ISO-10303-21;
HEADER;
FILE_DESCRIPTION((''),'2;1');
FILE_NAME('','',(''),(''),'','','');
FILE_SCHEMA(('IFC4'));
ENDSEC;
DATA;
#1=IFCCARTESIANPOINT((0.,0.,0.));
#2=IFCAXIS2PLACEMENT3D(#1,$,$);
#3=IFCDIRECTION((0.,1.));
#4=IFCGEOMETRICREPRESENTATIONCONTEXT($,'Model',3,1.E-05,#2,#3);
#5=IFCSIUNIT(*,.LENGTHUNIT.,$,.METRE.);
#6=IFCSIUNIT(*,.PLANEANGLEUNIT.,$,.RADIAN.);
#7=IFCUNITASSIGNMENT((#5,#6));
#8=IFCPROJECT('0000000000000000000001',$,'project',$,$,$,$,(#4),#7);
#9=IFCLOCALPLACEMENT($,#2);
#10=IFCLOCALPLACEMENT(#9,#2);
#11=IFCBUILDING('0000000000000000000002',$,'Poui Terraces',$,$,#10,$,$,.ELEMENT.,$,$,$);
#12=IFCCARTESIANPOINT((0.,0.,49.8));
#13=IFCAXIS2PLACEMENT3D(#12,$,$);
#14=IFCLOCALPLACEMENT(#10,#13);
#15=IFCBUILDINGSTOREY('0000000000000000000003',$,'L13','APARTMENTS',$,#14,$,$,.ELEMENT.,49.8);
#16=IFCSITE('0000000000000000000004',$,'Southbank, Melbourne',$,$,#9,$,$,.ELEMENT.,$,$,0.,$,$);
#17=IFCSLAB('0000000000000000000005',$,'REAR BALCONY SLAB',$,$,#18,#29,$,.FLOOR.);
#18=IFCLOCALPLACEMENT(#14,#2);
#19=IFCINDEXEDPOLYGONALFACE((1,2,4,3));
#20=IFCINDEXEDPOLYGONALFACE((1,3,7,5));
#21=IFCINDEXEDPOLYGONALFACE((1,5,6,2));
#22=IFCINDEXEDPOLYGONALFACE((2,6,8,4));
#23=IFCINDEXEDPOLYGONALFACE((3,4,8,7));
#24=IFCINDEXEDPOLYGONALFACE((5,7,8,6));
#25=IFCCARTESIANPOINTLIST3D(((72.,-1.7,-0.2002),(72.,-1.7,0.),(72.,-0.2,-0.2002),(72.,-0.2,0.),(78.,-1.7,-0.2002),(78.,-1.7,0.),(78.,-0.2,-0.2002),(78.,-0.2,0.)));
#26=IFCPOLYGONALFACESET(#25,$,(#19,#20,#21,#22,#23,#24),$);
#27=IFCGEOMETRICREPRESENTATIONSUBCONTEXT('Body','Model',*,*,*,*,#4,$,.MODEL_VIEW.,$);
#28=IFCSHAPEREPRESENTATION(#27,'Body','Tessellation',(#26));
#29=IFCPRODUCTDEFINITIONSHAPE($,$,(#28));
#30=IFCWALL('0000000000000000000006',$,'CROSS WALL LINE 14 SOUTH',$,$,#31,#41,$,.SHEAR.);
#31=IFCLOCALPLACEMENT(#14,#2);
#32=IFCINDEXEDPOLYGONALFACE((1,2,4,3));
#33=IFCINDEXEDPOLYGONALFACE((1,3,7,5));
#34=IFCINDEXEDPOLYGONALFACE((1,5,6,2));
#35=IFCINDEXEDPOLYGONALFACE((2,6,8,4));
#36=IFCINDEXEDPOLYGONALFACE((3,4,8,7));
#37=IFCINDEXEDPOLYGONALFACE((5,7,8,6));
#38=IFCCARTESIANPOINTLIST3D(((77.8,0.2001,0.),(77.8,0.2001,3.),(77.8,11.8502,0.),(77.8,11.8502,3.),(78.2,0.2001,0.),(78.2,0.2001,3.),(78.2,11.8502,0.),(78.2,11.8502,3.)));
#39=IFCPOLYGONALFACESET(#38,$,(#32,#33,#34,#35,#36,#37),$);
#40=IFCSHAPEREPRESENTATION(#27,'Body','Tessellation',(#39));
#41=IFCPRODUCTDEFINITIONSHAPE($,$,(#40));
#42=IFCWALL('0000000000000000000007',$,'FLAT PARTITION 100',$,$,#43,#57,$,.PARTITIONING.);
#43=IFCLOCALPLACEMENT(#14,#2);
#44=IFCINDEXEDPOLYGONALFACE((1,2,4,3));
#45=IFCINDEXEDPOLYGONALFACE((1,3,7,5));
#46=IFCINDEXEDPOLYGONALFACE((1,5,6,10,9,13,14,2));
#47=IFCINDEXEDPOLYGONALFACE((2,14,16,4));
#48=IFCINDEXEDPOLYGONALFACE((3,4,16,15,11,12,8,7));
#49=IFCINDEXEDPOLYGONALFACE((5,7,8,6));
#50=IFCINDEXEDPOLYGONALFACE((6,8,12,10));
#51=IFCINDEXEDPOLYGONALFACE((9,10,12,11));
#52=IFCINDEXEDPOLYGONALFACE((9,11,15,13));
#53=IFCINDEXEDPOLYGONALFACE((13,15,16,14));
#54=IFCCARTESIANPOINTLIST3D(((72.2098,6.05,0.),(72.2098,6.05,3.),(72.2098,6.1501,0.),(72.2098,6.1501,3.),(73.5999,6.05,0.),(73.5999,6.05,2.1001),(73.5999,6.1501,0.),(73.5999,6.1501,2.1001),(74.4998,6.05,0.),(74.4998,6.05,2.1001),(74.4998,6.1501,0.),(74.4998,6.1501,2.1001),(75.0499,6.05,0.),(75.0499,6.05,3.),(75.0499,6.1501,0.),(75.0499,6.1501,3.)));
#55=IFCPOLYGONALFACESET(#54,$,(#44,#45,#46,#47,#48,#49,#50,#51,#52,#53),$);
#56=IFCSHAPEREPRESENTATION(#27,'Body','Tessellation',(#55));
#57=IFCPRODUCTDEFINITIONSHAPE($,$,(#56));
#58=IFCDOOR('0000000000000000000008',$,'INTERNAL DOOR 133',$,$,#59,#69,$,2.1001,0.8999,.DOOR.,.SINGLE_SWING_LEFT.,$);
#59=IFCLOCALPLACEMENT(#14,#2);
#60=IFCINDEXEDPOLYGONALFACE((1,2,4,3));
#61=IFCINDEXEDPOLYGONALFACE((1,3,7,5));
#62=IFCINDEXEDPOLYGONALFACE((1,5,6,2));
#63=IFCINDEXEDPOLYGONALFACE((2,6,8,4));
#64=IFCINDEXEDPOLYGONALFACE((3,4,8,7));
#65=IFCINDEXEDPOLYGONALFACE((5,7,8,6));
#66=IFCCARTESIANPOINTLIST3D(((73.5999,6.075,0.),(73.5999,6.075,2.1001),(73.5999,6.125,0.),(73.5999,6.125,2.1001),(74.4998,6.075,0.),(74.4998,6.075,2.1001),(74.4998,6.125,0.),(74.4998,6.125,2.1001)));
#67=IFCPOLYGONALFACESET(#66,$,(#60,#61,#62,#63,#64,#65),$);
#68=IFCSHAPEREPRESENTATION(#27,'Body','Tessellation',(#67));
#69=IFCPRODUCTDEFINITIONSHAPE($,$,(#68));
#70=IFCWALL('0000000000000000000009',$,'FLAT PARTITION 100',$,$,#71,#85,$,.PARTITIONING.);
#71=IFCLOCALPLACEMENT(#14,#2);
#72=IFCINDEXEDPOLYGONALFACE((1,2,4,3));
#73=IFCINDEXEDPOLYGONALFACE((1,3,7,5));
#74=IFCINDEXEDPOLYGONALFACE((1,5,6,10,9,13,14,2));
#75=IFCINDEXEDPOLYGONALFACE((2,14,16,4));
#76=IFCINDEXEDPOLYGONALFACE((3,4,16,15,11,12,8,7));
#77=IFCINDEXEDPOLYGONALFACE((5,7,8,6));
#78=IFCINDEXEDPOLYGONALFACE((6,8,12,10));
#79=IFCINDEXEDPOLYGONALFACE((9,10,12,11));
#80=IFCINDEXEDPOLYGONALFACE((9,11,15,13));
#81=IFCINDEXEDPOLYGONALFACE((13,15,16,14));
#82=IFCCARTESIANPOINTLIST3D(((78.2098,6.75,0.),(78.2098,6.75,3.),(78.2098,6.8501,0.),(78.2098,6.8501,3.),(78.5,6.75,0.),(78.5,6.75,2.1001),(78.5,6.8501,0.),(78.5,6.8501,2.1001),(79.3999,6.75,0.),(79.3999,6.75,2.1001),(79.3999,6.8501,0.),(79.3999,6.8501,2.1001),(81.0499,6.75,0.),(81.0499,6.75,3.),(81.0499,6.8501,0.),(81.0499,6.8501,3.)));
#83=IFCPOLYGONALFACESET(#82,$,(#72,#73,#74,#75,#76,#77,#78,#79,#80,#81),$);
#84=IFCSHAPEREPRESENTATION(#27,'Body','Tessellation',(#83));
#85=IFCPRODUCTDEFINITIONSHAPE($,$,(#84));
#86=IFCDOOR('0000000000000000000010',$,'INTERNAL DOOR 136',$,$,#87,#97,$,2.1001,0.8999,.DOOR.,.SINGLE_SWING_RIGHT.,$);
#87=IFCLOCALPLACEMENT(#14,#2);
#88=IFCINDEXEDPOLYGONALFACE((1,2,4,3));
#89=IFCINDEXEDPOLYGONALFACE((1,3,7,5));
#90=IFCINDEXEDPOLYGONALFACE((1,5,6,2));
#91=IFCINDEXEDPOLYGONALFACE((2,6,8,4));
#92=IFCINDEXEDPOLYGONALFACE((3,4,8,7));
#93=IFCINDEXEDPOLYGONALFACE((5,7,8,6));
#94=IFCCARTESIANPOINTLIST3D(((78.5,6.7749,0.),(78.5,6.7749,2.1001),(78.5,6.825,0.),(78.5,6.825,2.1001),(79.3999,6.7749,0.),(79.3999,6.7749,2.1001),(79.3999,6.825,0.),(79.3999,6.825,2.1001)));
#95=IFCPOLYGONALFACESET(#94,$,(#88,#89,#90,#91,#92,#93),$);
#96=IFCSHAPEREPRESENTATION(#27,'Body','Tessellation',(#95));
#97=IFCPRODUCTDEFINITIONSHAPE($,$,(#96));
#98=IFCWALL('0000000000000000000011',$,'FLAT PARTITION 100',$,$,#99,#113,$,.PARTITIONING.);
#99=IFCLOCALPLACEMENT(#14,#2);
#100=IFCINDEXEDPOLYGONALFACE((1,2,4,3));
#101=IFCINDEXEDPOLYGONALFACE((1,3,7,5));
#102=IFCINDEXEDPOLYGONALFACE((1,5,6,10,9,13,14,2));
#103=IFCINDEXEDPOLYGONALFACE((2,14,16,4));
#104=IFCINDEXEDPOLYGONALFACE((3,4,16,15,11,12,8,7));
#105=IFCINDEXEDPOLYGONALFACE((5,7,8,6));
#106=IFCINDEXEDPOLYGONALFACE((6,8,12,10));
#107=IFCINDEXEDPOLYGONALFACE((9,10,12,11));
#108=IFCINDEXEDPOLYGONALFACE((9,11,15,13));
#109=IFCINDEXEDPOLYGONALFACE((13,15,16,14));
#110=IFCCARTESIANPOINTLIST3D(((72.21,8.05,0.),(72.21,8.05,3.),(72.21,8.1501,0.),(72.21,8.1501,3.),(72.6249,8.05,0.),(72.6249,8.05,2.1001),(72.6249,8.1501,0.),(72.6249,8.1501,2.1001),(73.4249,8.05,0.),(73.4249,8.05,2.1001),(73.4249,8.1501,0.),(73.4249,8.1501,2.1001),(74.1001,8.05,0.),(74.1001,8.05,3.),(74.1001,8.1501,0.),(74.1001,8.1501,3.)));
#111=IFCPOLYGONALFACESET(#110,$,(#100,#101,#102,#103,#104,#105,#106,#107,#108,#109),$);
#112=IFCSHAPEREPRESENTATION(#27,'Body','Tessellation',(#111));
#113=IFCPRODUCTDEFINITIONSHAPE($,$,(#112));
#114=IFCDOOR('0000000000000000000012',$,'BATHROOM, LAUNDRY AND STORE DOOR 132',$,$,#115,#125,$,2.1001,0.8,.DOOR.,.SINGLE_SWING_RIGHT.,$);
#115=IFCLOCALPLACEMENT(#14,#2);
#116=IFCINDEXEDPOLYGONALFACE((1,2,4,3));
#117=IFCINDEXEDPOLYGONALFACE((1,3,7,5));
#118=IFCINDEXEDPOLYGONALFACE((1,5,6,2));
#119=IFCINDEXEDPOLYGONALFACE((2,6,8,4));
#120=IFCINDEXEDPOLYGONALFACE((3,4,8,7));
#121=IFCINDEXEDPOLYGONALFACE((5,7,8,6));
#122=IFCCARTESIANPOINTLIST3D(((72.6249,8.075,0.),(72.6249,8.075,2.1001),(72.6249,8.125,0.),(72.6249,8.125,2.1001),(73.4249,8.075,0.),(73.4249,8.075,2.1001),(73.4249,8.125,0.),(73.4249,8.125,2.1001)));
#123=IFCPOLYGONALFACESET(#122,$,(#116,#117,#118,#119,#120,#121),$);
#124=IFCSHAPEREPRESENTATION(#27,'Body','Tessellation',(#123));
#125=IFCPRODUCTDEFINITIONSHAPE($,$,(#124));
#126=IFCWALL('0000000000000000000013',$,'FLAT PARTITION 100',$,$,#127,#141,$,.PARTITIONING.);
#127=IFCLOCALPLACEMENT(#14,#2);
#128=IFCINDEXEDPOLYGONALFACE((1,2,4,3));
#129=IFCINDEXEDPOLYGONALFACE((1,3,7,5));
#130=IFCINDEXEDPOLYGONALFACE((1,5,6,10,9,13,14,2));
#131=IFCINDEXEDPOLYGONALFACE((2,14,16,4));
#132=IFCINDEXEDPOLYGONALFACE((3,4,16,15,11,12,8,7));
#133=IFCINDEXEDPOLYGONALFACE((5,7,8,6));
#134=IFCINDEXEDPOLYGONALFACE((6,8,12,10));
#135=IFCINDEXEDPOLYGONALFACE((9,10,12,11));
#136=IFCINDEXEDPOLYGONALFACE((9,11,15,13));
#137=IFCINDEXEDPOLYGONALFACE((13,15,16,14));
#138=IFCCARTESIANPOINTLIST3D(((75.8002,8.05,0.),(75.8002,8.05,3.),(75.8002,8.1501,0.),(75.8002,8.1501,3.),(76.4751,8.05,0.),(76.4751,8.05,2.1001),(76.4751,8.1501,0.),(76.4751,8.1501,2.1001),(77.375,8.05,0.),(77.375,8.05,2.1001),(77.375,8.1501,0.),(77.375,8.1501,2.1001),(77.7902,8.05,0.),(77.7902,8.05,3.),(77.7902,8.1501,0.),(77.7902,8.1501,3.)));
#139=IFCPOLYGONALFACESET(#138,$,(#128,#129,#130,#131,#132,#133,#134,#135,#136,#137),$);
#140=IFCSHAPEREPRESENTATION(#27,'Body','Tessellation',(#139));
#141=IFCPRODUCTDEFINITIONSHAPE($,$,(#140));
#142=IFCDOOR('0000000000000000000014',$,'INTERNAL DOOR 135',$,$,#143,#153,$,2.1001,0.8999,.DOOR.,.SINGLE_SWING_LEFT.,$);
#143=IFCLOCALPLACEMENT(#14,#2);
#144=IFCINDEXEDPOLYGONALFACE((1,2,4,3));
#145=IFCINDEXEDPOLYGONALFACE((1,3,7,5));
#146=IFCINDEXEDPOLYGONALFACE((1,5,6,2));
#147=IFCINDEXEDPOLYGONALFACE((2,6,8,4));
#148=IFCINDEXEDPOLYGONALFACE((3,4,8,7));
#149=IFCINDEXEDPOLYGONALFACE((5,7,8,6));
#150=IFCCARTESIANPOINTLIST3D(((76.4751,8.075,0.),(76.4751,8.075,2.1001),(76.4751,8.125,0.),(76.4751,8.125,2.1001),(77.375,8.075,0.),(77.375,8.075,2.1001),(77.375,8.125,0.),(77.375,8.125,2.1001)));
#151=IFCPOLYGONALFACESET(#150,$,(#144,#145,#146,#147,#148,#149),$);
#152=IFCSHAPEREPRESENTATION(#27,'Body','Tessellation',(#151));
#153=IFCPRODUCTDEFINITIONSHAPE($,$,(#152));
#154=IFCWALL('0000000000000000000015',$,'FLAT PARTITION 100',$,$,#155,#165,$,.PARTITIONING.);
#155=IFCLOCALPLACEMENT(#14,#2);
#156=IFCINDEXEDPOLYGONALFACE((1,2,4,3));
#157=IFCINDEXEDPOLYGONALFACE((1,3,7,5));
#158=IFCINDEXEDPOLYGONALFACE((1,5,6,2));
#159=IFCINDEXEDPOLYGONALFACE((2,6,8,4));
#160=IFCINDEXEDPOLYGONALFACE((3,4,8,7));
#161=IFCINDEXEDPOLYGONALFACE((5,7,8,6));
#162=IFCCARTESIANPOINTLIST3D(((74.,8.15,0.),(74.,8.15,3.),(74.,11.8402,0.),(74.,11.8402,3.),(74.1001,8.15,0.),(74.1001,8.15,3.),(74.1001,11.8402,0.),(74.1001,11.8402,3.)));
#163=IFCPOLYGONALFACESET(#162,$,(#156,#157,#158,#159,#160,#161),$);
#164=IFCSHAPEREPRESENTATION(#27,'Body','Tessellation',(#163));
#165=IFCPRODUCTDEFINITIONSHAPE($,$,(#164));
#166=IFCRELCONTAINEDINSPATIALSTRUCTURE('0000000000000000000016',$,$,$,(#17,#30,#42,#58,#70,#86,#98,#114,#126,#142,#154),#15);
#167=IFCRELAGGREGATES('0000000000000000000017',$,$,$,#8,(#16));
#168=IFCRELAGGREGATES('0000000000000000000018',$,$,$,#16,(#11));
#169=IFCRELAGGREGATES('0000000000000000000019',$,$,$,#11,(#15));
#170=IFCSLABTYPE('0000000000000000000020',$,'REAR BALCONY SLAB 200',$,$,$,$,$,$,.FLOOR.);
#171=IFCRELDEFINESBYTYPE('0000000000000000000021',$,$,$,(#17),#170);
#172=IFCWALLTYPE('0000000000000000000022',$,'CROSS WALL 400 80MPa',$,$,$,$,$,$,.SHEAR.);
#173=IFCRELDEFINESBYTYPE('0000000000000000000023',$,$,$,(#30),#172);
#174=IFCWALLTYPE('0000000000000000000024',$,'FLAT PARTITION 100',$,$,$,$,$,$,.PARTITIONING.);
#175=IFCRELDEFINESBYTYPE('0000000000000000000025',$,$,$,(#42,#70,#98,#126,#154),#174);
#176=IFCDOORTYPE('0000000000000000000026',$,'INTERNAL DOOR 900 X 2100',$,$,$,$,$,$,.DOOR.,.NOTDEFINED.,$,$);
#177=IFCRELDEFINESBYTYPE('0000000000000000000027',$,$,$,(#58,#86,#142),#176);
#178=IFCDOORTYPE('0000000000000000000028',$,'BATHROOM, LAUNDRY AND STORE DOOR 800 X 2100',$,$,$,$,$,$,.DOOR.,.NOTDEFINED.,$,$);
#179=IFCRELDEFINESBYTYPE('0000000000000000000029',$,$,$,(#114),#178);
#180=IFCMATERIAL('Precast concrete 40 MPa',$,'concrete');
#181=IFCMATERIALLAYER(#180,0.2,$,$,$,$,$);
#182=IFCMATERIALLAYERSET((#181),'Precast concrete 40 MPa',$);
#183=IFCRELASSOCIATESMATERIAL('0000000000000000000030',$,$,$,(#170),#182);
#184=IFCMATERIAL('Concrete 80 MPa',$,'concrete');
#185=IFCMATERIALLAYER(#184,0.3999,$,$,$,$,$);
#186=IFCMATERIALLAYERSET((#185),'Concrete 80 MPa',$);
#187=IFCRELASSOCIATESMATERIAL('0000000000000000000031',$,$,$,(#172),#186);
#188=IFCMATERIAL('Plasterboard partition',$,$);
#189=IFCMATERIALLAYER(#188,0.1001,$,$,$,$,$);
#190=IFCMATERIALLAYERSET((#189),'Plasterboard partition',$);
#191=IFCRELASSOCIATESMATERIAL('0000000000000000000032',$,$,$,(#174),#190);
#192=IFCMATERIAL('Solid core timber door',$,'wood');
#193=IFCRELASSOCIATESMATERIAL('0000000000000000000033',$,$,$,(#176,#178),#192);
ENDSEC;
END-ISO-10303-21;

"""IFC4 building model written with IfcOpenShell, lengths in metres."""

from ifc_helpers import new_model, si_unit, direction, frame, frame_2d, origin, place, context, subcontext, project, spatial, polyline, rectangle, outline, extrude, source, transform, mapped, material, layer, layer_set, type_object, element, fill, save


model = new_model("IFC4")

# Units and contexts
model_context = context("Model", 3, precision=1e-05, world=origin(), true_north=direction((0.0, 1.0)))
body_context = subcontext(model_context, "Body", "Model", "MODEL_VIEW")
ifc_project = project(units=[si_unit("LENGTHUNIT", "METRE"), si_unit("PLANEANGLEUNIT", "RADIAN")], contexts=[model_context])

# Site, building, storey
site_placement = place(None, origin())
site = spatial("IfcSite", under=ifc_project, at=site_placement, Name="Southbank, Melbourne", CompositionType="ELEMENT", RefElevation=0.0)
building_placement = place(site_placement, origin())
building = spatial("IfcBuilding", under=site, at=building_placement, Name="Poui Terraces", CompositionType="ELEMENT")
storey_placement = place(building_placement, frame((0.0, 0.0, 49.8)))
storey = spatial("IfcBuildingStorey", under=building, at=storey_placement, Name="L13", Description="APARTMENTS", CompositionType="ELEMENT", Elevation=49.8)

# Slab
ifc_material_1 = material(Name="Precast concrete 40 MPa", Category="concrete")
ifc_layer_1 = layer(ifc_material_1, 0.2)
ifc_layer_set_1 = layer_set([ifc_layer_1], Name="Precast concrete 40 MPa")
slab_type = type_object("IfcSlabType", Name="REAR BALCONY SLAB 200", PredefinedType="FLOOR", material=ifc_layer_set_1)
shared_shape_1 = source(origin(), body_context, "Body", "SweptSolid", [
    extrude(outline(polyline([(0.0, 0.0), (6.0, 0.0), (6.0, 1.5), (0.0, 1.5), (0.0, 0.0)])), origin(), (0.0, 0.0, 1.0), 0.2002),
])
slab_placement = place(storey_placement, frame((72.0, -1.7, -0.2002)))
element("IfcSlab", 1, at=slab_placement, inside=storey, type_object=slab_type, Name="REAR BALCONY SLAB", PredefinedType="FLOOR", context=body_context, shape_type="MappedRepresentation", body=[
    mapped(shared_shape_1, transform((0.0, 0.0, 0.0))),
])

# Wall
ifc_material_2 = material(Name="Concrete 80 MPa", Category="concrete")
ifc_layer_2 = layer(ifc_material_2, 0.3999)
ifc_layer_set_2 = layer_set([ifc_layer_2], Name="Concrete 80 MPa")
wall_type_1 = type_object("IfcWallType", Name="CROSS WALL 400 80MPa", PredefinedType="SHEAR", material=ifc_layer_set_2)
wall_1_placement = place(storey_placement, frame((78.0, 0.2, 0.0), z_axis=(0.0, 0.0, 1.0), x_axis=(0.0, 1.0, 0.0)))
element("IfcWall", 2, at=wall_1_placement, inside=storey, type_object=wall_type_1, Name="CROSS WALL LINE 14 SOUTH", PredefinedType="SHEAR", context=body_context, shape_type="SweptSolid", body=[
    extrude(rectangle(XDim=11.6501, YDim=0.3999, at=frame_2d((5.8252, 0.0))), origin(), (0.0, 0.0, 1.0), 3.0),
])

# Walls, openings, doors
ifc_material_3 = material(Name="Plasterboard partition")
ifc_layer_3 = layer(ifc_material_3, 0.1001)
ifc_layer_set_3 = layer_set([ifc_layer_3], Name="Plasterboard partition")
wall_type_2 = type_object("IfcWallType", Name="FLAT PARTITION 100", PredefinedType="PARTITIONING", material=ifc_layer_set_3)
wall_2_placement = place(storey_placement, frame((72.21, 6.1001, 0.0), z_axis=(0.0, 0.0, 1.0), x_axis=(1.0, 0.0, 0.0)))
wall_2 = element("IfcWall", 3, at=wall_2_placement, inside=storey, type_object=wall_type_2, Name="FLAT PARTITION 100", PredefinedType="PARTITIONING", context=body_context, shape_type="SweptSolid", body=[
    extrude(rectangle(XDim=2.8401, YDim=0.1001, at=frame_2d((1.4199, 0.0))), origin(), (0.0, 0.0, 1.0), 3.0),
])
opening_1_placement = place(wall_2_placement, frame((1.3899, 0.0, 0.0)))
opening_1 = element("IfcOpeningElement", 4, at=opening_1_placement, cuts=wall_2, PredefinedType="OPENING", context=body_context, shape_type="SweptSolid", body=[
    extrude(rectangle(XDim=0.8999, YDim=2.1001, at=frame_2d((0.45, 1.05))), frame((0.0, 0.0601, 0.0), z_axis=(0.0, -1.0, 0.0), x_axis=(1.0, 0.0, 0.0)), (0.0, 0.0, 1.0), 0.1201),
])
ifc_material_4 = material(Name="Solid core timber door", Category="wood")
door_type_1 = type_object("IfcDoorType", Name="INTERNAL DOOR 900 X 2100", OperationType="NOTDEFINED", PredefinedType="DOOR", material=ifc_material_4)
door_1_placement = place(opening_1_placement, origin())
door_1 = element("IfcDoor", 5, at=door_1_placement, inside=storey, type_object=door_type_1, Name="INTERNAL DOOR 133", OperationType="SINGLE_SWING_LEFT", OverallHeight=2.1001, OverallWidth=0.8999, PredefinedType="DOOR", context=body_context, shape_type="SweptSolid", body=[
    extrude(rectangle(XDim=0.8999, YDim=2.1001, at=frame_2d((0.45, 1.05))), frame((0.0, 0.0249, 0.0), z_axis=(0.0, -1.0, 0.0), x_axis=(1.0, 0.0, 0.0)), (0.0, 0.0, 1.0), 0.05),
])
fill(opening_1, door_1)
wall_3_placement = place(storey_placement, frame((78.21, 6.8, 0.0), z_axis=(0.0, 0.0, 1.0), x_axis=(1.0, 0.0, 0.0)))
wall_3 = element("IfcWall", 6, at=wall_3_placement, inside=storey, type_object=wall_type_2, Name="FLAT PARTITION 100", PredefinedType="PARTITIONING", context=body_context, shape_type="SweptSolid", body=[
    extrude(rectangle(XDim=2.8401, YDim=0.1001, at=frame_2d((1.4199, 0.0))), origin(), (0.0, 0.0, 1.0), 3.0),
])
opening_2_placement = place(wall_3_placement, frame((0.29, 0.0, 0.0)))
opening_2 = element("IfcOpeningElement", 7, at=opening_2_placement, cuts=wall_3, PredefinedType="OPENING", context=body_context, shape_type="SweptSolid", body=[
    extrude(rectangle(XDim=0.8999, YDim=2.1001, at=frame_2d((0.45, 1.05))), frame((0.0, 0.0601, 0.0), z_axis=(0.0, -1.0, 0.0), x_axis=(1.0, 0.0, 0.0)), (0.0, 0.0, 1.0), 0.1201),
])
door_2_placement = place(opening_2_placement, origin())
door_2 = element("IfcDoor", 8, at=door_2_placement, inside=storey, type_object=door_type_1, Name="INTERNAL DOOR 136", OperationType="SINGLE_SWING_RIGHT", OverallHeight=2.1001, OverallWidth=0.8999, PredefinedType="DOOR", context=body_context, shape_type="SweptSolid", body=[
    extrude(rectangle(XDim=0.8999, YDim=2.1001, at=frame_2d((0.45, 1.05))), frame((0.0, 0.0249, 0.0), z_axis=(0.0, -1.0, 0.0), x_axis=(1.0, 0.0, 0.0)), (0.0, 0.0, 1.0), 0.05),
])
fill(opening_2, door_2)
wall_4_placement = place(storey_placement, frame((72.21, 8.1001, 0.0), z_axis=(0.0, 0.0, 1.0), x_axis=(1.0, 0.0, 0.0)))
wall_4 = element("IfcWall", 9, at=wall_4_placement, inside=storey, type_object=wall_type_2, Name="FLAT PARTITION 100", PredefinedType="PARTITIONING", context=body_context, shape_type="SweptSolid", body=[
    extrude(rectangle(XDim=1.8901, YDim=0.1001, at=frame_2d((0.9451, 0.0))), origin(), (0.0, 0.0, 1.0), 3.0),
])
opening_3_placement = place(wall_4_placement, frame((0.415, 0.0, 0.0)))
opening_3 = element("IfcOpeningElement", 10, at=opening_3_placement, cuts=wall_4, PredefinedType="OPENING", context=body_context, shape_type="SweptSolid", body=[
    extrude(rectangle(XDim=0.8, YDim=2.1001, at=frame_2d((0.3999, 1.05))), frame((0.0, 0.0601, 0.0), z_axis=(0.0, -1.0, 0.0), x_axis=(1.0, 0.0, 0.0)), (0.0, 0.0, 1.0), 0.1201),
])
door_type_2 = type_object("IfcDoorType", Name="BATHROOM, LAUNDRY AND STORE DOOR 800 X 2100", OperationType="NOTDEFINED", PredefinedType="DOOR", material=ifc_material_4)
door_3_placement = place(opening_3_placement, origin())
door_3 = element("IfcDoor", 11, at=door_3_placement, inside=storey, type_object=door_type_2, Name="BATHROOM, LAUNDRY AND STORE DOOR 132", OperationType="SINGLE_SWING_RIGHT", OverallHeight=2.1001, OverallWidth=0.8, PredefinedType="DOOR", context=body_context, shape_type="SweptSolid", body=[
    extrude(rectangle(XDim=0.8, YDim=2.1001, at=frame_2d((0.3999, 1.05))), frame((0.0, 0.0249, 0.0), z_axis=(0.0, -1.0, 0.0), x_axis=(1.0, 0.0, 0.0)), (0.0, 0.0, 1.0), 0.05),
])
fill(opening_3, door_3)
wall_5_placement = place(storey_placement, frame((75.8, 8.1001, 0.0), z_axis=(0.0, 0.0, 1.0), x_axis=(1.0, 0.0, 0.0)))
wall_5 = element("IfcWall", 12, at=wall_5_placement, inside=storey, type_object=wall_type_2, Name="FLAT PARTITION 100", PredefinedType="PARTITIONING", context=body_context, shape_type="SweptSolid", body=[
    extrude(rectangle(XDim=1.99, YDim=0.1001, at=frame_2d((0.9951, 0.0))), origin(), (0.0, 0.0, 1.0), 3.0),
])
opening_4_placement = place(wall_5_placement, frame((0.675, 0.0, 0.0)))
opening_4 = element("IfcOpeningElement", 13, at=opening_4_placement, cuts=wall_5, PredefinedType="OPENING", context=body_context, shape_type="SweptSolid", body=[
    extrude(rectangle(XDim=0.8999, YDim=2.1001, at=frame_2d((0.45, 1.05))), frame((0.0, 0.0601, 0.0), z_axis=(0.0, -1.0, 0.0), x_axis=(1.0, 0.0, 0.0)), (0.0, 0.0, 1.0), 0.1201),
])
door_4_placement = place(opening_4_placement, origin())
door_4 = element("IfcDoor", 14, at=door_4_placement, inside=storey, type_object=door_type_1, Name="INTERNAL DOOR 135", OperationType="SINGLE_SWING_LEFT", OverallHeight=2.1001, OverallWidth=0.8999, PredefinedType="DOOR", context=body_context, shape_type="SweptSolid", body=[
    extrude(rectangle(XDim=0.8999, YDim=2.1001, at=frame_2d((0.45, 1.05))), frame((0.0, 0.0249, 0.0), z_axis=(0.0, -1.0, 0.0), x_axis=(1.0, 0.0, 0.0)), (0.0, 0.0, 1.0), 0.05),
])
fill(opening_4, door_4)

# Wall
wall_6_placement = place(storey_placement, frame((74.05, 8.1499, 0.0), z_axis=(0.0, 0.0, 1.0), x_axis=(0.0, 1.0, 0.0)))
element("IfcWall", 15, at=wall_6_placement, inside=storey, type_object=wall_type_2, Name="FLAT PARTITION 100", PredefinedType="PARTITIONING", context=body_context, shape_type="SweptSolid", body=[
    extrude(rectangle(XDim=3.6902, YDim=0.1001, at=frame_2d((1.8452, 0.0))), origin(), (0.0, 0.0, 1.0), 3.0),
])

save(model, "model.ifc")
